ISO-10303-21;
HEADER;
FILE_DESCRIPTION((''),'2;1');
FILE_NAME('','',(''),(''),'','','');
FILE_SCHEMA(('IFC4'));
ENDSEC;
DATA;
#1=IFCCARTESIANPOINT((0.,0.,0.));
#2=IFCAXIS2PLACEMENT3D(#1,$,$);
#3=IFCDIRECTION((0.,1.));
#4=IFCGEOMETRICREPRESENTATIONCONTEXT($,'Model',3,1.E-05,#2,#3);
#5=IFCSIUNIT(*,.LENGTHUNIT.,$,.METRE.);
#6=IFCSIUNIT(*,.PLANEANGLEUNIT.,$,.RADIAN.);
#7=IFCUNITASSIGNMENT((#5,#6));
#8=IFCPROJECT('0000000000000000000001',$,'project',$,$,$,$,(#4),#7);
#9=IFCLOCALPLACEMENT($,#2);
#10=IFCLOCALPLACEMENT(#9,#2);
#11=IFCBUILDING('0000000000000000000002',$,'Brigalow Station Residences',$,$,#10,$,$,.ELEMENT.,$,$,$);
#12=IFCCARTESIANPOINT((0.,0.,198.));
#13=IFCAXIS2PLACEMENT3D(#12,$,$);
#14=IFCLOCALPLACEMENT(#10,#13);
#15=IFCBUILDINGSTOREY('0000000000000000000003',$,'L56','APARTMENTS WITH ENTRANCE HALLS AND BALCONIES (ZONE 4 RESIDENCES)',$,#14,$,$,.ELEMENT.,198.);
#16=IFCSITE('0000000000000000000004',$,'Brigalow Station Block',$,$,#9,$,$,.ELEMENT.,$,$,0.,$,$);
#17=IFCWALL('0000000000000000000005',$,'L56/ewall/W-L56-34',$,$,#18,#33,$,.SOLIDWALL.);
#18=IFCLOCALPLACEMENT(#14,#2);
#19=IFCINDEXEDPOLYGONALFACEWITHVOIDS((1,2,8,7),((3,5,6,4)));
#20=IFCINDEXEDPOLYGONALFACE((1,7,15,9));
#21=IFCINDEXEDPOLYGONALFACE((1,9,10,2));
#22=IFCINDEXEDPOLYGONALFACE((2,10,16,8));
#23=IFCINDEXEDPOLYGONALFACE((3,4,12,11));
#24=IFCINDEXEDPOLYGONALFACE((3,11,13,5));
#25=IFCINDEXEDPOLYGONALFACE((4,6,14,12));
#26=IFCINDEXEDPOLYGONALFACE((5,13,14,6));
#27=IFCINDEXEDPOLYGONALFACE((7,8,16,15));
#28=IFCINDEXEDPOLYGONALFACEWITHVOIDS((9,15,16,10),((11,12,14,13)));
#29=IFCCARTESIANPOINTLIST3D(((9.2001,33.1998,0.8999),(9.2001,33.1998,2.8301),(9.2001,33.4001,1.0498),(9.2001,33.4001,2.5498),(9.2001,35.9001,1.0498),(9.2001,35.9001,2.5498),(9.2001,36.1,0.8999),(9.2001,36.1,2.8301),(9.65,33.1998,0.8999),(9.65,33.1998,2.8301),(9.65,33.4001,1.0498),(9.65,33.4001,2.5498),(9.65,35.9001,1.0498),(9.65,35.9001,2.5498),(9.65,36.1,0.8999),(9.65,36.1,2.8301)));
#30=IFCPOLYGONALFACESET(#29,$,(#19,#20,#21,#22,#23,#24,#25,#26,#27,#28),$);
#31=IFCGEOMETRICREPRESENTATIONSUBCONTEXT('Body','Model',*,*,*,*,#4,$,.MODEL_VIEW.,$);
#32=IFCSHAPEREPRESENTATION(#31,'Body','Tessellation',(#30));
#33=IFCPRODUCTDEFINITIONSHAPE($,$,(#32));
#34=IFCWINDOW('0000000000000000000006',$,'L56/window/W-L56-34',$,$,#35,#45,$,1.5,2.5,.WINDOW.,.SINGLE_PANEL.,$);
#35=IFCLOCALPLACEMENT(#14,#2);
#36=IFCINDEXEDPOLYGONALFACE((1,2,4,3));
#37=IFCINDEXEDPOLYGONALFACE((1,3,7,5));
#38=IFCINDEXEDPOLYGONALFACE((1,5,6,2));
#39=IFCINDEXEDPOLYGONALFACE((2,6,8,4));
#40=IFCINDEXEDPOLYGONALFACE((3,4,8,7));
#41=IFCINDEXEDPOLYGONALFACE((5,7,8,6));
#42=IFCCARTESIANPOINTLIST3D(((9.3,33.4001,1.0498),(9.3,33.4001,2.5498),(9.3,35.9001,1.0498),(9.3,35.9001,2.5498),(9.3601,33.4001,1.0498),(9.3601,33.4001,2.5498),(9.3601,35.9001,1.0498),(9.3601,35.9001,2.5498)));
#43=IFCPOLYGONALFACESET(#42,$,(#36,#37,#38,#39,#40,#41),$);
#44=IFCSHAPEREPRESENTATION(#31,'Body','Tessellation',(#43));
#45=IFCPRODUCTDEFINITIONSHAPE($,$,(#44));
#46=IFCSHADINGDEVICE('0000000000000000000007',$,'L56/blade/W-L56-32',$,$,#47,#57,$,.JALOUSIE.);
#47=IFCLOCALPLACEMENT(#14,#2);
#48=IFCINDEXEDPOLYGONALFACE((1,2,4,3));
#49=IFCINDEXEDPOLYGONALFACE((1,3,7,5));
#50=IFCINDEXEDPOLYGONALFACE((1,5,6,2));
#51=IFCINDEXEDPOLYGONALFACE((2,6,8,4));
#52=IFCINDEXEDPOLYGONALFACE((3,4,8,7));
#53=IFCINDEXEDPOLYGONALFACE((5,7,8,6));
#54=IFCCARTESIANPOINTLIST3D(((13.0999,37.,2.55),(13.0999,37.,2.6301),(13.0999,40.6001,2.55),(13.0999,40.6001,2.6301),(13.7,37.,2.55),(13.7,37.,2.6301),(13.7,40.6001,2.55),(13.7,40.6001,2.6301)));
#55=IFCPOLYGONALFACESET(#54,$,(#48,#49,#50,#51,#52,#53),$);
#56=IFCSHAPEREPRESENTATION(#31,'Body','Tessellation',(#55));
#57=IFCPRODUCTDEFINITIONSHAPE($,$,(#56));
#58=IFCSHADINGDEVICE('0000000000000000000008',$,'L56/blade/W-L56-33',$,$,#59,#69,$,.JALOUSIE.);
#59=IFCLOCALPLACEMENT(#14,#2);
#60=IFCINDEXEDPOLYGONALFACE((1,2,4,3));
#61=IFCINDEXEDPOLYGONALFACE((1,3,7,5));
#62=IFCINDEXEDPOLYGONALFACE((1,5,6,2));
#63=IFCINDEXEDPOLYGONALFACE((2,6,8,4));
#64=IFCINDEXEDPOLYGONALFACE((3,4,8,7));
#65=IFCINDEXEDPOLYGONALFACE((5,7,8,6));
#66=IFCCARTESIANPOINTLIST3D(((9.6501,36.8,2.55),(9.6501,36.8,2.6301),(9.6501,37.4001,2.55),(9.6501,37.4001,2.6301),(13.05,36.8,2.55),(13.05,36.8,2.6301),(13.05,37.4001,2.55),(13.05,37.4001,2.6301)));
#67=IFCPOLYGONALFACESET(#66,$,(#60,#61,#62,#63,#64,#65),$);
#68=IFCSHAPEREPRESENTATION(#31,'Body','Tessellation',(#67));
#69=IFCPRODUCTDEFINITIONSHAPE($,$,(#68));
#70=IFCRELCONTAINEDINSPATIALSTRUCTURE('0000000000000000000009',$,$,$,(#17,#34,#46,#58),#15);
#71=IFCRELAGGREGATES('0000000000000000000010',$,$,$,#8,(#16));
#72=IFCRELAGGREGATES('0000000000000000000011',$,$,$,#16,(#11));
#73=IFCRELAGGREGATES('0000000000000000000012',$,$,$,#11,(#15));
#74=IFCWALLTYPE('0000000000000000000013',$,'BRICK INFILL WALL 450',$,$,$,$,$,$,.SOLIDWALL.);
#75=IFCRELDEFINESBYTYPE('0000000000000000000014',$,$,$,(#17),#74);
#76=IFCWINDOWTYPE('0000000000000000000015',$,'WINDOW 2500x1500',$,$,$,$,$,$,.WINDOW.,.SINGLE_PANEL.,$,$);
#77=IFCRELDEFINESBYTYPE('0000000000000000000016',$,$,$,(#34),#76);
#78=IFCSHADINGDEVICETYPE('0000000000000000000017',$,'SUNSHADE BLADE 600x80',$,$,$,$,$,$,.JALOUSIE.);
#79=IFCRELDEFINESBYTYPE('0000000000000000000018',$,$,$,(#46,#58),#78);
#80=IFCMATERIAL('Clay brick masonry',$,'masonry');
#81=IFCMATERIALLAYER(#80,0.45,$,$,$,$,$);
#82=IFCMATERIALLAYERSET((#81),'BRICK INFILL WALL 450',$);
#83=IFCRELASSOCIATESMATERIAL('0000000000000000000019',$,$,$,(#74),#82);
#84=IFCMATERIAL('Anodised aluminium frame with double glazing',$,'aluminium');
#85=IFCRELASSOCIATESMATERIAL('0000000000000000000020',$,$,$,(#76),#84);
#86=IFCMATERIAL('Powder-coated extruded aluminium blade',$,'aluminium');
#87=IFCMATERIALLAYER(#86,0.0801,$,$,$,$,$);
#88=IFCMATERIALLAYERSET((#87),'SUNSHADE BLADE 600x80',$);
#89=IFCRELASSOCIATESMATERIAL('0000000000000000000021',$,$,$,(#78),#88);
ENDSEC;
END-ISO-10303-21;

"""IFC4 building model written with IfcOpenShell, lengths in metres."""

from ifc_helpers import new_model, si_unit, direction, frame, frame_2d, origin, origin_2d, place, context, subcontext, project, spatial, rectangle, extrude, material, layer, layer_set, type_object, element, fill, save


model = new_model("IFC4")

# Units and contexts
model_context = context("Model", 3, precision=1e-05, world=origin(), true_north=direction((0.0, 1.0)))
body_context = subcontext(model_context, "Body", "Model", "MODEL_VIEW")
ifc_project = project(units=[si_unit("LENGTHUNIT", "METRE"), si_unit("PLANEANGLEUNIT", "RADIAN")], contexts=[model_context])

# Site, building, storey
site_placement = place(None, origin())
site = spatial("IfcSite", under=ifc_project, at=site_placement, Name="Brigalow Station Block", CompositionType="ELEMENT", RefElevation=0.0)
building_placement = place(site_placement, origin())
building = spatial("IfcBuilding", under=site, at=building_placement, Name="Brigalow Station Residences", CompositionType="ELEMENT")
storey_placement = place(building_placement, frame((0.0, 0.0, 198.0)))
storey = spatial("IfcBuildingStorey", under=building, at=storey_placement, Name="L56", Description="APARTMENTS WITH ENTRANCE HALLS AND BALCONIES (ZONE 4 RESIDENCES)", CompositionType="ELEMENT", Elevation=198.0)

# Shared definitions
ifc_material_1 = material(Name="Clay brick masonry", Category="masonry")
ifc_layer_1 = layer(ifc_material_1, 0.45)
ifc_layer_set_1 = layer_set([ifc_layer_1], Name="BRICK INFILL WALL 450")
wall_type = type_object("IfcWallType", Name="BRICK INFILL WALL 450", PredefinedType="SOLIDWALL", material=ifc_layer_set_1)

# Wall, opening, window
wall_1_placement = place(storey_placement, frame((9.425, 36.1001, 0.8999), z_axis=(0.0, 0.0, 1.0), x_axis=(0.0, -1.0, 0.0)))
wall_1 = element("IfcWall", 1, at=wall_1_placement, inside=storey, type_object=wall_type, Name="L56/ewall/W-L56-34", PredefinedType="SOLIDWALL", context=body_context, shape_type="SweptSolid", body=[
    extrude(rectangle(XDim=2.9001, YDim=0.45, at=frame_2d((1.4502, 0.0))), origin(), (0.0, 0.0, 1.0), 1.9302),
])
opening_1_placement = place(wall_1_placement, frame((0.2, 0.0, 0.1499)))
opening_1 = element("IfcOpeningElement", 2, at=opening_1_placement, cuts=wall_1, PredefinedType="OPENING", context=body_context, shape_type="SweptSolid", body=[
    extrude(rectangle(XDim=2.5, YDim=1.5, at=frame_2d((1.25, 0.75))), frame((0.0, 0.2349, 0.0), z_axis=(0.0, -1.0, 0.0), x_axis=(1.0, 0.0, 0.0)), (0.0, 0.0, 1.0), 0.47),
])
ifc_material_2 = material(Name="Anodised aluminium frame with double glazing", Category="aluminium")
window_type_1 = type_object("IfcWindowType", Name="WINDOW 2500x1500", PartitioningType="SINGLE_PANEL", PredefinedType="WINDOW", material=ifc_material_2)
window_1_placement = place(opening_1_placement, origin())
window_1 = element("IfcWindow", 3, at=window_1_placement, inside=storey, type_object=window_type_1, Name="L56/window/W-L56-34", OverallHeight=1.5, OverallWidth=2.5, PartitioningType="SINGLE_PANEL", PredefinedType="WINDOW", context=body_context, shape_type="SweptSolid", body=[
    extrude(rectangle(XDim=2.5, YDim=1.5, at=frame_2d((1.25, 0.75))), frame((0.0, -0.0649, 0.0), z_axis=(0.0, -1.0, 0.0), x_axis=(1.0, 0.0, 0.0)), (0.0, 0.0, 1.0), 0.0601),
])
fill(opening_1, window_1)

# Shading devices
ifc_material_3 = material(Name="Powder-coated extruded aluminium blade", Category="aluminium")
ifc_layer_2 = layer(ifc_material_3, 0.0801)
ifc_layer_set_2 = layer_set([ifc_layer_2], Name="SUNSHADE BLADE 600x80")
shading_device_type = type_object("IfcShadingDeviceType", Name="SUNSHADE BLADE 600x80", PredefinedType="JALOUSIE", material=ifc_layer_set_2)
shading_device_1_placement = place(storey_placement, frame((13.3999, 38.8, 2.55), z_axis=(0.0, 0.0, 1.0), x_axis=(0.0, -1.0, 0.0)))
element("IfcShadingDevice", 4, at=shading_device_1_placement, inside=storey, type_object=shading_device_type, Name="L56/blade/W-L56-32", PredefinedType="JALOUSIE", context=body_context, shape_type="SweptSolid", body=[
    extrude(rectangle(XDim=3.6001, YDim=0.6001, at=origin_2d()), origin(), (0.0, 0.0, 1.0), 0.0801),
])
shading_device_2_placement = place(storey_placement, frame((11.3501, 37.1001, 2.55), z_axis=(0.0, 0.0, 1.0), x_axis=(-1.0, 0.0, 0.0)))
element("IfcShadingDevice", 5, at=shading_device_2_placement, inside=storey, type_object=shading_device_type, Name="L56/blade/W-L56-33", PredefinedType="JALOUSIE", context=body_context, shape_type="SweptSolid", body=[
    extrude(rectangle(XDim=3.3999, YDim=0.6001, at=origin_2d()), origin(), (0.0, 0.0, 1.0), 0.0801),
])

save(model, "model.ifc")
